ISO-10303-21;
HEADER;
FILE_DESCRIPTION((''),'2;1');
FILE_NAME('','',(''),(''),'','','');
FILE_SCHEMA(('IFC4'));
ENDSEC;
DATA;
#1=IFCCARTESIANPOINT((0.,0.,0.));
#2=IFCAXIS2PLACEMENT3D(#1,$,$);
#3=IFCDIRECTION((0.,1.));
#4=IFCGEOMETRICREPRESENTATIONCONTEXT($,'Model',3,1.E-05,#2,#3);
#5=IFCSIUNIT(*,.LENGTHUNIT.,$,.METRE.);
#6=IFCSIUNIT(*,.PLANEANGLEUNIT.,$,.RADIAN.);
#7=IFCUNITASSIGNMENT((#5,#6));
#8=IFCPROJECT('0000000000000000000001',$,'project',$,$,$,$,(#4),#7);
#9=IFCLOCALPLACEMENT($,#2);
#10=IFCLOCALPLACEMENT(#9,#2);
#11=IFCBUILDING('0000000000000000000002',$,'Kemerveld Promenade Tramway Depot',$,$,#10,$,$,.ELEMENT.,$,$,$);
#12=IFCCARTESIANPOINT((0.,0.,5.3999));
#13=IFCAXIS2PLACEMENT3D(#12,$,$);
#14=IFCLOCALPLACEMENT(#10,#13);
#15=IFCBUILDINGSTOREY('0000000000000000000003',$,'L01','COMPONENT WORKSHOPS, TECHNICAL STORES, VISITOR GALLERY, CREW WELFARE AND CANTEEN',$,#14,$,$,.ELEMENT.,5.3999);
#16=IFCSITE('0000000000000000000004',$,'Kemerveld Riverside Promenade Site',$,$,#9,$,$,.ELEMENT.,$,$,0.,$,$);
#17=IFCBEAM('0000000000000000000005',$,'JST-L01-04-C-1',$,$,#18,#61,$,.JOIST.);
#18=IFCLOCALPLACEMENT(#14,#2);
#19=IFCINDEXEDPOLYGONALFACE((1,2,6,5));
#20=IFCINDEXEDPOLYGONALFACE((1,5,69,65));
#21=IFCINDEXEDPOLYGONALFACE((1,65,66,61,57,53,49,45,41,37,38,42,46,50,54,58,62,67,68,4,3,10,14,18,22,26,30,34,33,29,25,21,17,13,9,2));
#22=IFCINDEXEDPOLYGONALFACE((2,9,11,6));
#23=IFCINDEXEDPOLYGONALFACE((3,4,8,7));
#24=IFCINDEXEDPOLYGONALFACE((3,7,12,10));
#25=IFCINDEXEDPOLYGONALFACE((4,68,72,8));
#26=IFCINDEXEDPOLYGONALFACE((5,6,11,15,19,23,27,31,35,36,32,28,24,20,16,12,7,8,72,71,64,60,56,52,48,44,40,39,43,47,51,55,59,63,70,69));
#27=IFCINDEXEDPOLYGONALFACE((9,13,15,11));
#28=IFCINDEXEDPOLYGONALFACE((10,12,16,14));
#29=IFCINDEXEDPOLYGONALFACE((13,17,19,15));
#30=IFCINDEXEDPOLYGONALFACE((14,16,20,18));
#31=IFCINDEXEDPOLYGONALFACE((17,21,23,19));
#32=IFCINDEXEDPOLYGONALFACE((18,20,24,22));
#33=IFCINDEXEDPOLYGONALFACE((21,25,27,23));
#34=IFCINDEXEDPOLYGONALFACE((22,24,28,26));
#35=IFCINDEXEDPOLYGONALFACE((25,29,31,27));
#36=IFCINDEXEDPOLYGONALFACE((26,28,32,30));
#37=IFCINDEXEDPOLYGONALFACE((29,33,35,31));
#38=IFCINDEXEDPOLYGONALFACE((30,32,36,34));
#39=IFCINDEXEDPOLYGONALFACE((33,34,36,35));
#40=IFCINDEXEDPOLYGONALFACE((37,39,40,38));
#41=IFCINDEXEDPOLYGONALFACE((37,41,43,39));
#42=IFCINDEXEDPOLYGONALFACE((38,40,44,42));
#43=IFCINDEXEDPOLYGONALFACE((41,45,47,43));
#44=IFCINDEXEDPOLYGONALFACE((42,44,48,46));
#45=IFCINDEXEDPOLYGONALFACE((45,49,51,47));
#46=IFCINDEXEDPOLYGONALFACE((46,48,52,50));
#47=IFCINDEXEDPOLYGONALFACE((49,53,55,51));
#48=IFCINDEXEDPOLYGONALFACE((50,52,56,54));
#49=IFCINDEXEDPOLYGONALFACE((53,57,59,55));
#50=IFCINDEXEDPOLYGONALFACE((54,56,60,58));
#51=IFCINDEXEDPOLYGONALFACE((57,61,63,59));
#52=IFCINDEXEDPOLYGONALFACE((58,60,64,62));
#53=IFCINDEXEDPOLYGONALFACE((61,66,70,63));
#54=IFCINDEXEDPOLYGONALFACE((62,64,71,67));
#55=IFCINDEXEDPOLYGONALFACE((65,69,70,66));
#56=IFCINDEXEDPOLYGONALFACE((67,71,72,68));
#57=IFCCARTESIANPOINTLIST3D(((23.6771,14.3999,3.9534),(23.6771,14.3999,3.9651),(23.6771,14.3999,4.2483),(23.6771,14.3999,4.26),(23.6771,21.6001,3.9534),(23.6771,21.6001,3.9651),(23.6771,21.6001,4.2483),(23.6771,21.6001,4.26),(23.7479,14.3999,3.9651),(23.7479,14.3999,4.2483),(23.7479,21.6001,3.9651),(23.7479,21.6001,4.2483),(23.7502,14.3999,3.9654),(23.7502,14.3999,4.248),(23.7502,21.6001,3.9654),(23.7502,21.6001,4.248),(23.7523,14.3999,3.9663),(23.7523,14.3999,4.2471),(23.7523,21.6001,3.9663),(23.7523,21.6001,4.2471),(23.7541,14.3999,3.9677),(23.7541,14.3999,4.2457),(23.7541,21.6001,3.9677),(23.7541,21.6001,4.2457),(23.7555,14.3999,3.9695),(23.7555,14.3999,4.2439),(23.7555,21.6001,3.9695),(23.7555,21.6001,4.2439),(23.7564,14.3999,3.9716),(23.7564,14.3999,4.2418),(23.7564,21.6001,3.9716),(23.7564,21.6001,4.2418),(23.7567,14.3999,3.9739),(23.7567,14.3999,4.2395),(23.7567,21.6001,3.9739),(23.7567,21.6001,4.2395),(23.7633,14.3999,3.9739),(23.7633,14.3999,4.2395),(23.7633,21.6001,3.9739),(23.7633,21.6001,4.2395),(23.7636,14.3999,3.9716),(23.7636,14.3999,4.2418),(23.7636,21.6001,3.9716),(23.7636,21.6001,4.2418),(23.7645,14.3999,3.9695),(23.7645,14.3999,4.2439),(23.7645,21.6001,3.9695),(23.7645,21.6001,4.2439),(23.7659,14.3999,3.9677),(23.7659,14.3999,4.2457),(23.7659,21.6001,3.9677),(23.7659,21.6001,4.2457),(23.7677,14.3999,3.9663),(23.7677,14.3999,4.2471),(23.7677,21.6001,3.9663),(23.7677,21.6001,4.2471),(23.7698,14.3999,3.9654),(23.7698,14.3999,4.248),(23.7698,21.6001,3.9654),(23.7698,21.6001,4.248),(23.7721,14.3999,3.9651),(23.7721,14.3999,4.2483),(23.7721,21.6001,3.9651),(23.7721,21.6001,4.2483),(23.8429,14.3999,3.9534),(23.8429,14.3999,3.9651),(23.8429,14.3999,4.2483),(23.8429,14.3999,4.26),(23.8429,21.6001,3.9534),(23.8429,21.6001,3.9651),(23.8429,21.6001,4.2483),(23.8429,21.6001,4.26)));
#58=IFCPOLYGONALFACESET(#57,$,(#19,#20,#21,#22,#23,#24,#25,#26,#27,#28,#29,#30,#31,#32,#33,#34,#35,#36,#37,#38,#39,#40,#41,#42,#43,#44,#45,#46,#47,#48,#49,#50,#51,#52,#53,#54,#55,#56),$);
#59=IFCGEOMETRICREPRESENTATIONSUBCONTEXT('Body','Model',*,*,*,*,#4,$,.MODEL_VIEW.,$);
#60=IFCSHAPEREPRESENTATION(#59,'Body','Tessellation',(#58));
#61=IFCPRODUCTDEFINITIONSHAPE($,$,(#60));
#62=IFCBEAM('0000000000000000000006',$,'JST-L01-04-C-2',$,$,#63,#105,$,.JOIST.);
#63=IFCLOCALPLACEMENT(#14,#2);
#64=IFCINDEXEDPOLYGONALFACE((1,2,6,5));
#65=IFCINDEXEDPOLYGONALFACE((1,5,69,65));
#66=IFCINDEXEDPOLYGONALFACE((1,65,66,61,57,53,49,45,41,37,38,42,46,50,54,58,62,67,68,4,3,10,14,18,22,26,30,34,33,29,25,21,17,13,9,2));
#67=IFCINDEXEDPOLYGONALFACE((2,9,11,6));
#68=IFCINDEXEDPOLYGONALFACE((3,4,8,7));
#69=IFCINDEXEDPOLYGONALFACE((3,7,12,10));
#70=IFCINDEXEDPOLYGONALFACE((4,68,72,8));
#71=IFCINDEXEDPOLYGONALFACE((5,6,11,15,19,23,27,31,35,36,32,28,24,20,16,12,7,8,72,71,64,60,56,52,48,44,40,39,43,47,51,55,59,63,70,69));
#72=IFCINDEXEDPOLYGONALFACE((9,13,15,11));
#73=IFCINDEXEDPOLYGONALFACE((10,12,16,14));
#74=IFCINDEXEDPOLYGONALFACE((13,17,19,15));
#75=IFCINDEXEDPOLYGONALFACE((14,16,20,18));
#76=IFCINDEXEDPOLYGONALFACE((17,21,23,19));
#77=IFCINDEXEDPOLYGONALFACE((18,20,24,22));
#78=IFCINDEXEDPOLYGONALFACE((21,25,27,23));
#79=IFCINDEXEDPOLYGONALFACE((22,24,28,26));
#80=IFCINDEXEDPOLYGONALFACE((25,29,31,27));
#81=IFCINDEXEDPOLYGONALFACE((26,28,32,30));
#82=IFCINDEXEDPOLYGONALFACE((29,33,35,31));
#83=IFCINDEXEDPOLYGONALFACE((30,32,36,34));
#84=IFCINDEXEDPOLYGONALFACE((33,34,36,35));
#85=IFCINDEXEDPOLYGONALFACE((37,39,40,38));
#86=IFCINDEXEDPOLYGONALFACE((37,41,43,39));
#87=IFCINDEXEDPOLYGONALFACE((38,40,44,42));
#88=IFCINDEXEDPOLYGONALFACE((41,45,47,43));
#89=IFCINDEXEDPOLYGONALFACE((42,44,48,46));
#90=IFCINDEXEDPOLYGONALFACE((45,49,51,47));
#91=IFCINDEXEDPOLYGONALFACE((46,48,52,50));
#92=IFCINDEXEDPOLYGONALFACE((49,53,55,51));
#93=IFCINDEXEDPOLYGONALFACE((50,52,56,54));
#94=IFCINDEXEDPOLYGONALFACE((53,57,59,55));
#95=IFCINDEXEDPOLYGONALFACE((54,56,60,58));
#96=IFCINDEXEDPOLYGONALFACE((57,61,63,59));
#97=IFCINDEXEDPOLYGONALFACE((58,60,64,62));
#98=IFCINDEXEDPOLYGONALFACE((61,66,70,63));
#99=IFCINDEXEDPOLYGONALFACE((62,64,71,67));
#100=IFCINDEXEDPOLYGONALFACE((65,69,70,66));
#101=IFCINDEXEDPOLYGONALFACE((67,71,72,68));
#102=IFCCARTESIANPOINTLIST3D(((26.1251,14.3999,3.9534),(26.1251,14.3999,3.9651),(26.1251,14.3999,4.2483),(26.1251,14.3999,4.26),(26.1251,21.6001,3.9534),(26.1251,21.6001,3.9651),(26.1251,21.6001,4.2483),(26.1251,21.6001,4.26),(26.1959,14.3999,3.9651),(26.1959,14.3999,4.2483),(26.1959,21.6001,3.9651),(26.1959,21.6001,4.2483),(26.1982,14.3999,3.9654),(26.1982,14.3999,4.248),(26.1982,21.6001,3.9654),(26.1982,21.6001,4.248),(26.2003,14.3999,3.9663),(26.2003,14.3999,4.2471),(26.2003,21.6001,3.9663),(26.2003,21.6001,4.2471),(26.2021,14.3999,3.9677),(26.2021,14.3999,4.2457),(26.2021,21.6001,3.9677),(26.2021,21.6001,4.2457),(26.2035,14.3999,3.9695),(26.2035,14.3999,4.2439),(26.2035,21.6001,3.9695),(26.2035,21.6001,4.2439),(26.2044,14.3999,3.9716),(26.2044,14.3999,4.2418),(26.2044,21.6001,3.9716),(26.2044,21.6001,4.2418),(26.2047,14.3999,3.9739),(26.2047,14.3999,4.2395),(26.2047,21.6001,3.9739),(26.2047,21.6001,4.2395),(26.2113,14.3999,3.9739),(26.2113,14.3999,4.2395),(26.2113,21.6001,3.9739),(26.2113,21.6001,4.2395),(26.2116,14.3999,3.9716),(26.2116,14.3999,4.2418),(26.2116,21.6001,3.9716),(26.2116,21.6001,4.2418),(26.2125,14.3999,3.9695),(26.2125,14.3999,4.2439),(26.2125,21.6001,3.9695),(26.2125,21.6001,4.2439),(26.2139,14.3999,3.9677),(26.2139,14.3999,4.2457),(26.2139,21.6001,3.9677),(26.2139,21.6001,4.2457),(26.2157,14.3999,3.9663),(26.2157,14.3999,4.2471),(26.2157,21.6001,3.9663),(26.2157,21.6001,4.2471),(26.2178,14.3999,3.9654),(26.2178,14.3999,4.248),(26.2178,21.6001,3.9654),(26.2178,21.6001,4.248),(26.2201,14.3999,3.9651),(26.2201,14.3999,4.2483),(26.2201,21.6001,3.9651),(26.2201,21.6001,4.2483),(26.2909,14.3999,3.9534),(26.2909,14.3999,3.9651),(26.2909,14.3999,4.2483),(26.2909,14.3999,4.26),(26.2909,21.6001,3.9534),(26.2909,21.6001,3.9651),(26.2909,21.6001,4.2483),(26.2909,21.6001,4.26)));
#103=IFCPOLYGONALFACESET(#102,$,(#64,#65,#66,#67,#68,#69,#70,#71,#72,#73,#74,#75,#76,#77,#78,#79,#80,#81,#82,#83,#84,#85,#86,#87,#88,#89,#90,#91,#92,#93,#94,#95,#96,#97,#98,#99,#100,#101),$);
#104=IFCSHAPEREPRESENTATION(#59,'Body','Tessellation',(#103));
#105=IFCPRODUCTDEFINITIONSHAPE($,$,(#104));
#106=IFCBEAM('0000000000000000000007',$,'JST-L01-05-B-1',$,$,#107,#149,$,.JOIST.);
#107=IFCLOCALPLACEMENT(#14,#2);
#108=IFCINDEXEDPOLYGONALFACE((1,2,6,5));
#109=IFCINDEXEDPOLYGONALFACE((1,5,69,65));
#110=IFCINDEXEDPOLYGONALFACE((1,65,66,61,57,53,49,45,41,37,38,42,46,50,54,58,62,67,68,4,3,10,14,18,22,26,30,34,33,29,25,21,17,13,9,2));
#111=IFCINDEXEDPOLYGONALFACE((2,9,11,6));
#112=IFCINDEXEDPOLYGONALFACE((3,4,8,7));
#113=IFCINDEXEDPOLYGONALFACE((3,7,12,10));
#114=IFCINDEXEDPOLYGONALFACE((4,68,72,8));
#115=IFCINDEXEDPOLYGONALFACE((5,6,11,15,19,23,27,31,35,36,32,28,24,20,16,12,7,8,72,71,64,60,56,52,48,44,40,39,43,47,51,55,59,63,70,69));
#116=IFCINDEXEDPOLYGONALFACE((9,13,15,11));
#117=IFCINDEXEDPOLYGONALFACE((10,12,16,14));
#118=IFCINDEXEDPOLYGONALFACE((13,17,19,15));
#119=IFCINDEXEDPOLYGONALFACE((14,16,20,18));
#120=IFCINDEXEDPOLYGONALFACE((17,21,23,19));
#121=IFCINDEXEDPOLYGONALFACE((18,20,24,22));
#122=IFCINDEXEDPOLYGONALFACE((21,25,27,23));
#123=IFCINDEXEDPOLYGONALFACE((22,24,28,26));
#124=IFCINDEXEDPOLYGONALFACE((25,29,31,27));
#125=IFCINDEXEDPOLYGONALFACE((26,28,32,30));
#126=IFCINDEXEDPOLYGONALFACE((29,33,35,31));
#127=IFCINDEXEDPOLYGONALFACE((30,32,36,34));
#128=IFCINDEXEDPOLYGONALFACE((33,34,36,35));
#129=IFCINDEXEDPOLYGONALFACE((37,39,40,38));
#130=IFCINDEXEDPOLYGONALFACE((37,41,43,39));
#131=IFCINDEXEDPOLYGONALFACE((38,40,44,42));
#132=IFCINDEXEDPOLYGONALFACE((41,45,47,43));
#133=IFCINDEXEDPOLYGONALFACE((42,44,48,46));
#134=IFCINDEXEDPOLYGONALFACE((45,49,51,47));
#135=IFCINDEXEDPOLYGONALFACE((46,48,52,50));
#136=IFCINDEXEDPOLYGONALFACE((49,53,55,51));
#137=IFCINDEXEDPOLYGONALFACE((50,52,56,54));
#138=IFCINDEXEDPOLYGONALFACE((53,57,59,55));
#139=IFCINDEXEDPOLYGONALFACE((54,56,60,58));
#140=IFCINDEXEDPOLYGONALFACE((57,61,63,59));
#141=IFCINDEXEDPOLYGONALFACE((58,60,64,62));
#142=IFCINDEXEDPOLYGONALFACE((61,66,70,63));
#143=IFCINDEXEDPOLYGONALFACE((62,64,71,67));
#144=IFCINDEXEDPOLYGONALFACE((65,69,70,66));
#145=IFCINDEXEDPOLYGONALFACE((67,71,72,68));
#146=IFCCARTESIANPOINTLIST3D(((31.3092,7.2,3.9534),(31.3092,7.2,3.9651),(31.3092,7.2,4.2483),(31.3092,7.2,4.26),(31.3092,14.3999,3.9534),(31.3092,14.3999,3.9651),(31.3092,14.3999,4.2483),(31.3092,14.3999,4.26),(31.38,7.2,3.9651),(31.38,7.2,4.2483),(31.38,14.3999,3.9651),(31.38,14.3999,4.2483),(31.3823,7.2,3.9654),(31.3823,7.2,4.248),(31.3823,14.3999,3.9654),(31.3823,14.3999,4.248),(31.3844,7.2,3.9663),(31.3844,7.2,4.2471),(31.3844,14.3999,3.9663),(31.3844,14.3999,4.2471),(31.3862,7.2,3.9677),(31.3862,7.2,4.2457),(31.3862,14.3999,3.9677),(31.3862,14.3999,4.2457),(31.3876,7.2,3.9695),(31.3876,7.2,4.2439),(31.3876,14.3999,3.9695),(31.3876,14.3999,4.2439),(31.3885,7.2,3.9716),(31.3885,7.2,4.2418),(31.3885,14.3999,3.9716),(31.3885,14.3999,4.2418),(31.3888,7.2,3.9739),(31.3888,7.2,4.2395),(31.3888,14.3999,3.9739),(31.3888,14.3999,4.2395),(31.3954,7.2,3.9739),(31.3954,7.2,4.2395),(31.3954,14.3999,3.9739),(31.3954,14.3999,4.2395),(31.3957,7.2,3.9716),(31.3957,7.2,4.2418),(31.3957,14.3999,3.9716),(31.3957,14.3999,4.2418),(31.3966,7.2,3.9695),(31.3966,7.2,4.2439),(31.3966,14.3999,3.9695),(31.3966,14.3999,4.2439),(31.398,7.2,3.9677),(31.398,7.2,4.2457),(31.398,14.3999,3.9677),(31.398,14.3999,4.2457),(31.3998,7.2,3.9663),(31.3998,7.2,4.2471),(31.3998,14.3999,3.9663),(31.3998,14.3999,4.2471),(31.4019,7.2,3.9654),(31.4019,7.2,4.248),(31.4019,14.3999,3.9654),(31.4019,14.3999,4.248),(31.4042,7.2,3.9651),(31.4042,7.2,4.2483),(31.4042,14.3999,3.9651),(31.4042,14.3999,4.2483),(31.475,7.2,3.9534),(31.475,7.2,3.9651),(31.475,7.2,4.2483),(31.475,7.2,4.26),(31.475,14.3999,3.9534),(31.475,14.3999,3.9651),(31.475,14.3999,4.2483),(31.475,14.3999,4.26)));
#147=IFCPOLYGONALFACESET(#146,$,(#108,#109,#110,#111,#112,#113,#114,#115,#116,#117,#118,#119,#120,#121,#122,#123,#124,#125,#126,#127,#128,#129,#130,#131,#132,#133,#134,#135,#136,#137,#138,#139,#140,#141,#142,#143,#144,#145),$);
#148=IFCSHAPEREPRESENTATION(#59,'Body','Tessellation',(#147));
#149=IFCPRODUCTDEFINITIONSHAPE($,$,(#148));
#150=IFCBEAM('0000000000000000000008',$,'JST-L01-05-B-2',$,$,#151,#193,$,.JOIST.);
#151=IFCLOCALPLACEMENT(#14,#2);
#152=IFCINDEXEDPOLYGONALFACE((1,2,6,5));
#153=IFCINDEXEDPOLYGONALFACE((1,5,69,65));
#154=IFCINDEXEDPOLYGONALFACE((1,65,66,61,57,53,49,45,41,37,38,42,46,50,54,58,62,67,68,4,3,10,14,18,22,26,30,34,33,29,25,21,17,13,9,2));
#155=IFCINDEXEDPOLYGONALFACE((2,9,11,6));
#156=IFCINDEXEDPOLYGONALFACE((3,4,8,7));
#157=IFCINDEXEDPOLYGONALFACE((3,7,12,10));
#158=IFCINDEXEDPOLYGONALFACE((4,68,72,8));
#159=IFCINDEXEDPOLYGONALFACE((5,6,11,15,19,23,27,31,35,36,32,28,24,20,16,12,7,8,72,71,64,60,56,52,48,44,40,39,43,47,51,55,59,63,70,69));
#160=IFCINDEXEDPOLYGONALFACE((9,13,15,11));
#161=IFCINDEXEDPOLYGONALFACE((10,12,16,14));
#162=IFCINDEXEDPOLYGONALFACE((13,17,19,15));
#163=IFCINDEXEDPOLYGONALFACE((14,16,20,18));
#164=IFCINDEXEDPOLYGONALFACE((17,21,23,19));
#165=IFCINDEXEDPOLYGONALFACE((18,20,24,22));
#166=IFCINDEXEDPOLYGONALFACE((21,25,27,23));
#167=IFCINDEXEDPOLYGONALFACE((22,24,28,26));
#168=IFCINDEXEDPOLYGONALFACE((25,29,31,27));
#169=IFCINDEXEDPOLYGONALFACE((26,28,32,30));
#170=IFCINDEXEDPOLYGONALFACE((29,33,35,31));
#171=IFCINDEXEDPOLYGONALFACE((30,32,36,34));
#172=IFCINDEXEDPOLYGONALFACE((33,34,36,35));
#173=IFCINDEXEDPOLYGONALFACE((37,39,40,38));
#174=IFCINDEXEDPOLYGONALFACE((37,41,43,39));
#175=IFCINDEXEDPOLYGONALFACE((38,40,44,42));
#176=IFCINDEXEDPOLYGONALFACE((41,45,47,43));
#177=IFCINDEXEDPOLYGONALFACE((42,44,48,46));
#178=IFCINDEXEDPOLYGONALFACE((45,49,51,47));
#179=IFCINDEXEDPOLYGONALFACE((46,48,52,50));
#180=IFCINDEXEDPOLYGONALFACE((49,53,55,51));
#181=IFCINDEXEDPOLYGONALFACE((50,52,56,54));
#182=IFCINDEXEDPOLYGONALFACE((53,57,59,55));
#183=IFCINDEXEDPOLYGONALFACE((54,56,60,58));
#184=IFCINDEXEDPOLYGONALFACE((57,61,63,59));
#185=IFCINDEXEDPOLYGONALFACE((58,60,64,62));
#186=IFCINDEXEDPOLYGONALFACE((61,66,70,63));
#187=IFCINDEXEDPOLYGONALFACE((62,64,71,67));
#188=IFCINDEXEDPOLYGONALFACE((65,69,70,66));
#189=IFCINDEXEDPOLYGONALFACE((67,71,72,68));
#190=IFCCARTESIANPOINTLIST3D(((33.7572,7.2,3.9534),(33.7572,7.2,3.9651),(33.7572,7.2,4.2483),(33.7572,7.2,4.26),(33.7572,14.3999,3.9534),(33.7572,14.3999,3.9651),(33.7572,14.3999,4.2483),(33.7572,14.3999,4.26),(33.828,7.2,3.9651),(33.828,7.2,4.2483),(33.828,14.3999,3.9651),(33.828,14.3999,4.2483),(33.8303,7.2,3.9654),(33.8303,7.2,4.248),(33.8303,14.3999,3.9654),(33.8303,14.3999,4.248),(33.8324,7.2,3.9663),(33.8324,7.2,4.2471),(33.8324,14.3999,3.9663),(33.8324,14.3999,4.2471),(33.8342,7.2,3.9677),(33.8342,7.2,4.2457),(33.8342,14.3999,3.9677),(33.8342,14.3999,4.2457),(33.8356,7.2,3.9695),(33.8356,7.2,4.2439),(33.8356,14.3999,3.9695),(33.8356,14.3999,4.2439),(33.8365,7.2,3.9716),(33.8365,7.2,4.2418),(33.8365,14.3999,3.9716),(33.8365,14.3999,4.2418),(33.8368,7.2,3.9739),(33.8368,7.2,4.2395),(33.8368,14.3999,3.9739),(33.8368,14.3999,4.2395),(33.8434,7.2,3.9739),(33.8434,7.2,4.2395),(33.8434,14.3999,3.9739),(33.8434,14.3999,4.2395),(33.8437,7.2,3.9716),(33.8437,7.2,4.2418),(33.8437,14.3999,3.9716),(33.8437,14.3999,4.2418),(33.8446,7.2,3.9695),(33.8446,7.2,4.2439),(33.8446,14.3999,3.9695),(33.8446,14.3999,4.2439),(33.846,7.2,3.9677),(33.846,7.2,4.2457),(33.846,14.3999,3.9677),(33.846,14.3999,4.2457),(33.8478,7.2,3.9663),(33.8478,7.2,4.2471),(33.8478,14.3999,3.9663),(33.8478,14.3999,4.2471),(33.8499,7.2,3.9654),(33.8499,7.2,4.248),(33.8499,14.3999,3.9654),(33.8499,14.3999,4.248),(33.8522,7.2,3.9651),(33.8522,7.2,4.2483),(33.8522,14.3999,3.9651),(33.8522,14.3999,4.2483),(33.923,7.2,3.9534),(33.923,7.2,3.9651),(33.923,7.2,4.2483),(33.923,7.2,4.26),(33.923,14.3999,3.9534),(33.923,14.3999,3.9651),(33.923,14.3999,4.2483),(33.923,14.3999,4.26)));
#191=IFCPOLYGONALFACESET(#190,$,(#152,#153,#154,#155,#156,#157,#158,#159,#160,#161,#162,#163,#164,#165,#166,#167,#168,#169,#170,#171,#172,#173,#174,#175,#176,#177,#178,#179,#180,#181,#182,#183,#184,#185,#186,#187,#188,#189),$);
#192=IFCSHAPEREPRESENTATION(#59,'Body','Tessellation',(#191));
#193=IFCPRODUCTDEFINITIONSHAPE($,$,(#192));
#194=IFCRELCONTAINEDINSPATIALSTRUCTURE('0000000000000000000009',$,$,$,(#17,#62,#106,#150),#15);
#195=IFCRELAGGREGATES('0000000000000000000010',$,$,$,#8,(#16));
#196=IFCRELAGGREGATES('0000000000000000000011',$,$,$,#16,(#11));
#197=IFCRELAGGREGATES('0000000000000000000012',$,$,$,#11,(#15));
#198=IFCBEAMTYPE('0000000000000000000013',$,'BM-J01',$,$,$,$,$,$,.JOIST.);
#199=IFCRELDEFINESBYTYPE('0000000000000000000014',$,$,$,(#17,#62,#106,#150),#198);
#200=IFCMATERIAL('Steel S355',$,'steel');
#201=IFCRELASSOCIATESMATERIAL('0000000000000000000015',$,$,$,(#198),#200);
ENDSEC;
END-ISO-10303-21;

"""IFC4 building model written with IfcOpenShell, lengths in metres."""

from ifc_helpers import new_model, si_unit, direction, frame, origin, origin_2d, place, context, subcontext, project, spatial, i_section, extrude, material, material_profile, profile_set, type_object, element, save


model = new_model("IFC4")

# Units and contexts
model_context = context("Model", 3, precision=1e-05, world=origin(), true_north=direction((0.0, 1.0)))
body_context = subcontext(model_context, "Body", "Model", "MODEL_VIEW")
ifc_project = project(units=[si_unit("LENGTHUNIT", "METRE"), si_unit("PLANEANGLEUNIT", "RADIAN")], contexts=[model_context])

# Site, building, storey
site_placement = place(None, origin())
site = spatial("IfcSite", under=ifc_project, at=site_placement, Name="Kemerveld Riverside Promenade Site", CompositionType="ELEMENT", RefElevation=0.0)
building_placement = place(site_placement, origin())
building = spatial("IfcBuilding", under=site, at=building_placement, Name="Kemerveld Promenade Tramway Depot", CompositionType="ELEMENT")
storey_placement = place(building_placement, frame((0.0, 0.0, 5.3999)))
storey = spatial("IfcBuildingStorey", under=building, at=storey_placement, Name="L01", Description="COMPONENT WORKSHOPS, TECHNICAL STORES, VISITOR GALLERY, CREW WELFARE AND CANTEEN", CompositionType="ELEMENT", Elevation=5.3999)

# Shared definitions
ifc_material_1 = material(Name="Steel S355", Category="steel")

# Beams
ifc_material_profile_1 = material_profile(ifc_material_1, i_section(OverallWidth=0.1658, OverallDepth=0.3066, WebThickness=0.0066, FlangeThickness=0.0117, FilletRadius=0.0088, at=origin_2d()), Name="305x165x46 UB")
ifc_profile_set_1 = profile_set([ifc_material_profile_1], Name="Steel S355")
beam_type_1 = type_object("IfcBeamType", Name="BM-J01", PredefinedType="JOIST", material=ifc_profile_set_1)
for number, where, z_axis, x_axis, name in (
    (1, (23.76, 14.3999, 4.1067), (0.0, 1.0, 0.0), (-1.0, 0.0, 0.0), "JST-L01-04-C-1"),
    (2, (26.208, 14.3999, 4.1067), (0.0, 1.0, 0.0), (-1.0, 0.0, 0.0), "JST-L01-04-C-2"),
):
    element("IfcBeam", number, at=place(storey_placement, frame(where, z_axis=z_axis, x_axis=x_axis)), inside=storey, type_object=beam_type_1, Name=name, PredefinedType="JOIST", context=body_context, shape_type="SweptSolid", body=[
        extrude(i_section(OverallWidth=0.1658, OverallDepth=0.3066, WebThickness=0.0066, FlangeThickness=0.0117, FilletRadius=0.0088, at=origin_2d()), origin(), (0.0, 0.0, 1.0), 7.2002),
    ])
for number, where, z_axis, x_axis, name in (
    (3, (31.3921, 7.2, 4.1067), (0.0, 1.0, 0.0), (-1.0, 0.0, 0.0), "JST-L01-05-B-1"),
    (4, (33.8401, 7.2, 4.1067), (0.0, 1.0, 0.0), (-1.0, 0.0, 0.0), "JST-L01-05-B-2"),
):
    element("IfcBeam", number, at=place(storey_placement, frame(where, z_axis=z_axis, x_axis=x_axis)), inside=storey, type_object=beam_type_1, Name=name, PredefinedType="JOIST", context=body_context, shape_type="SweptSolid", body=[
        extrude(i_section(OverallWidth=0.1658, OverallDepth=0.3066, WebThickness=0.0066, FlangeThickness=0.0117, FilletRadius=0.0088, at=origin_2d()), origin(), (0.0, 0.0, 1.0), 7.2),
    ])

save(model, "model.ifc")
